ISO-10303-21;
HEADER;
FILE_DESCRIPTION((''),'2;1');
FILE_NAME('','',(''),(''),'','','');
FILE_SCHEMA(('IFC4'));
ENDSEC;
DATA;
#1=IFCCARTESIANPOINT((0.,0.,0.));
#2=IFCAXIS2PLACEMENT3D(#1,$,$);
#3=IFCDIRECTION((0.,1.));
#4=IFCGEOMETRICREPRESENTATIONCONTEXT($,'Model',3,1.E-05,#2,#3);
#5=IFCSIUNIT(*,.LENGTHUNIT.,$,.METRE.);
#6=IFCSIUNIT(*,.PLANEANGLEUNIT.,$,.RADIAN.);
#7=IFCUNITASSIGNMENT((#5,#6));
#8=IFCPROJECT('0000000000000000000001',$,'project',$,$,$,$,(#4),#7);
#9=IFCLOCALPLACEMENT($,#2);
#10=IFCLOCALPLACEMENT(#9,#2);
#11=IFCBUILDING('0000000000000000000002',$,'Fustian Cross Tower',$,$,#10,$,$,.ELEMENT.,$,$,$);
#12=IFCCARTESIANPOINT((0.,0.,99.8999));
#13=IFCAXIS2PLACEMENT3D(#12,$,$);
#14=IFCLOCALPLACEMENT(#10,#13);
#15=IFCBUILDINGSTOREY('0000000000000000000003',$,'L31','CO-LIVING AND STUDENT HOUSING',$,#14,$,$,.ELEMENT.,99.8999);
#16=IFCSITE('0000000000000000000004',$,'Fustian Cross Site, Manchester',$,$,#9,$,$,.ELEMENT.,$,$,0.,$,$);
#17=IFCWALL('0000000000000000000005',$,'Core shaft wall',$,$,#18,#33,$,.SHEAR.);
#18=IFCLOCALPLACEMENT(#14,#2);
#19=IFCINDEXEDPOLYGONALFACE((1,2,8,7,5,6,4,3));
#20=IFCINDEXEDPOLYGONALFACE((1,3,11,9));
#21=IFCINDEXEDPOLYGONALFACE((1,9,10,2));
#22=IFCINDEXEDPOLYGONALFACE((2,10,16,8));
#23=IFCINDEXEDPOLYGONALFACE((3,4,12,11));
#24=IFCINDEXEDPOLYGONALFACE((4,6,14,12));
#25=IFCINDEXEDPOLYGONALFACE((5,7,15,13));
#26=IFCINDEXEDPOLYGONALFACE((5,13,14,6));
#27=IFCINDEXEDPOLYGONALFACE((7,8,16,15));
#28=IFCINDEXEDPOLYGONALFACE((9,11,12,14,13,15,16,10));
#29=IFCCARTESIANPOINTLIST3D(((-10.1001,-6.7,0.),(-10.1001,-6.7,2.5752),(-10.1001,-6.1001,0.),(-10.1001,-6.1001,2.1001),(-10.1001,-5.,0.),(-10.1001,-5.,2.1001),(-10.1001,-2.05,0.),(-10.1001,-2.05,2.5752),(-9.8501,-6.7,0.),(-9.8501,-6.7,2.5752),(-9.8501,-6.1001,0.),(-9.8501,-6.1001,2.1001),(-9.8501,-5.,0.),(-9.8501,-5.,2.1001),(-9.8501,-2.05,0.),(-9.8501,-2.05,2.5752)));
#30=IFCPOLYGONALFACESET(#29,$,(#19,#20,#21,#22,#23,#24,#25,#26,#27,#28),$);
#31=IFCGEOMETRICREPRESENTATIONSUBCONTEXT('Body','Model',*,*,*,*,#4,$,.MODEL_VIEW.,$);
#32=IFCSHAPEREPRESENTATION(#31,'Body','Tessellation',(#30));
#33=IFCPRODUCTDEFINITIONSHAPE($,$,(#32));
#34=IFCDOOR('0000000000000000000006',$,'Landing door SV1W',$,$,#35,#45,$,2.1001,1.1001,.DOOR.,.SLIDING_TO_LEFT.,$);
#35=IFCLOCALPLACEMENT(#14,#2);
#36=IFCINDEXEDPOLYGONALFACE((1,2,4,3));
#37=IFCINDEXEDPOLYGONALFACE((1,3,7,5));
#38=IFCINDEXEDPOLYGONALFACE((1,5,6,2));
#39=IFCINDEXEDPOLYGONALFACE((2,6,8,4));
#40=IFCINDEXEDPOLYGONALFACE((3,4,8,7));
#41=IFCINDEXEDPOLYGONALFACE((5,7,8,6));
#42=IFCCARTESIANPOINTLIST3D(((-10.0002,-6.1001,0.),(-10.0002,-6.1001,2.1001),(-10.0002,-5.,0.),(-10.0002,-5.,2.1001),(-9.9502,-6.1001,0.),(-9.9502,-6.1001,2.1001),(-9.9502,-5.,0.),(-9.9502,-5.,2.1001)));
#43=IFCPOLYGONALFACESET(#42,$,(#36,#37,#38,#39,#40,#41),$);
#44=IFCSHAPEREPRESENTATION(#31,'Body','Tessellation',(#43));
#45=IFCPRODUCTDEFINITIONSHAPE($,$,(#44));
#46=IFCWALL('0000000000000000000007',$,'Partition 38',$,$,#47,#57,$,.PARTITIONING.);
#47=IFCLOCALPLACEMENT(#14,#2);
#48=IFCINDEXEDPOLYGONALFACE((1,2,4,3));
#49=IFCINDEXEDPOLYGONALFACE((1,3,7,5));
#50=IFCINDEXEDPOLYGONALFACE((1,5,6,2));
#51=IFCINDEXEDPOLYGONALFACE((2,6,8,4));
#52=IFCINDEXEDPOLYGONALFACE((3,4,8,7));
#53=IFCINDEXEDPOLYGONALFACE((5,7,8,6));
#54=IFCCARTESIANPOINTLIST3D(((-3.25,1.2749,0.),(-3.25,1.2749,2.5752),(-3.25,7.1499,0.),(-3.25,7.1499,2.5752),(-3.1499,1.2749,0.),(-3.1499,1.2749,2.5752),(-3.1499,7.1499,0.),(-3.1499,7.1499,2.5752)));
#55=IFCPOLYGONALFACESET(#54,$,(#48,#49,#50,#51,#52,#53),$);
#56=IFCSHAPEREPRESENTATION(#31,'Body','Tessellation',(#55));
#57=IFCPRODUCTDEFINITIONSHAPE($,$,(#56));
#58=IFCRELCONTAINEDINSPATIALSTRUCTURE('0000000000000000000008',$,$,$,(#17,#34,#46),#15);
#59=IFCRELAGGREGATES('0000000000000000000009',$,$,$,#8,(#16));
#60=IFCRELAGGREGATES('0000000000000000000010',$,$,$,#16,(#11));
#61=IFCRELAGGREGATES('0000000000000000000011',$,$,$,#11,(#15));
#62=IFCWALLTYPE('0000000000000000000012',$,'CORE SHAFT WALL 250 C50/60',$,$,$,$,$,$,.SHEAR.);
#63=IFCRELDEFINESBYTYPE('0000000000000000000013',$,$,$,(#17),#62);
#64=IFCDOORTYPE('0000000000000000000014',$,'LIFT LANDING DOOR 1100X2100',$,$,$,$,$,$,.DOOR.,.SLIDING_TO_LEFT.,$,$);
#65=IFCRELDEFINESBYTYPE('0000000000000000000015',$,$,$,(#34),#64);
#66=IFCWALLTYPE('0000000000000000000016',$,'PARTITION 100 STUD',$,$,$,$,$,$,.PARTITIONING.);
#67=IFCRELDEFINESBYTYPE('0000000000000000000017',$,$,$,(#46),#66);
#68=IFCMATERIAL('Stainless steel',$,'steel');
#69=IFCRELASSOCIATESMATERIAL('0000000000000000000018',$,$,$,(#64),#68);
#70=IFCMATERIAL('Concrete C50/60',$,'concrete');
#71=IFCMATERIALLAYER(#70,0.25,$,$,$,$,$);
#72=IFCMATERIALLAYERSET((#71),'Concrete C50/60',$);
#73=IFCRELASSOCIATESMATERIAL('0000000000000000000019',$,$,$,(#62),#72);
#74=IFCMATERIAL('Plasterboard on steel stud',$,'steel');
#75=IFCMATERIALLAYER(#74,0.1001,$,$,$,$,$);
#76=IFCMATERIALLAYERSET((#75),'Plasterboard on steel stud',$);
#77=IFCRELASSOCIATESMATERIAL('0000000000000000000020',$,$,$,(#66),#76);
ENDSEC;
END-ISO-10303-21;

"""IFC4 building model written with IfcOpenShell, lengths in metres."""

from ifc_helpers import new_model, si_unit, direction, frame, frame_2d, origin, place, context, subcontext, project, spatial, rectangle, extrude, material, layer, layer_set, type_object, element, fill, save


model = new_model("IFC4")

# Units and contexts
model_context = context("Model", 3, precision=1e-05, world=origin(), true_north=direction((0.0, 1.0)))
body_context = subcontext(model_context, "Body", "Model", "MODEL_VIEW")
ifc_project = project(units=[si_unit("LENGTHUNIT", "METRE"), si_unit("PLANEANGLEUNIT", "RADIAN")], contexts=[model_context])

# Site, building, storey
site_placement = place(None, origin())
site = spatial("IfcSite", under=ifc_project, at=site_placement, Name="Fustian Cross Site, Manchester", CompositionType="ELEMENT", RefElevation=0.0)
building_placement = place(site_placement, origin())
building = spatial("IfcBuilding", under=site, at=building_placement, Name="Fustian Cross Tower", CompositionType="ELEMENT")
storey_placement = place(building_placement, frame((0.0, 0.0, 99.8999)))
storey = spatial("IfcBuildingStorey", under=building, at=storey_placement, Name="L31", Description="CO-LIVING AND STUDENT HOUSING", CompositionType="ELEMENT", Elevation=99.8999)

# Shared definitions
ifc_material_1 = material(Name="Stainless steel", Category="steel")
door_type_1 = type_object("IfcDoorType", Name="LIFT LANDING DOOR 1100X2100", OperationType="SLIDING_TO_LEFT", PredefinedType="DOOR", material=ifc_material_1)

# Shared definitions
ifc_material_2 = material(Name="Concrete C50/60", Category="concrete")
ifc_layer_1 = layer(ifc_material_2, 0.25)
ifc_layer_set_1 = layer_set([ifc_layer_1], Name="Concrete C50/60")
wall_type_1 = type_object("IfcWallType", Name="CORE SHAFT WALL 250 C50/60", PredefinedType="SHEAR", material=ifc_layer_set_1)

# Wall, opening, door
wall_1_placement = place(storey_placement, frame((-9.9751, -2.05, 0.0), z_axis=(0.0, 0.0, 1.0), x_axis=(0.0, -1.0, 0.0)))
wall_1 = element("IfcWall", 1, at=wall_1_placement, inside=storey, type_object=wall_type_1, Name="Core shaft wall", PredefinedType="SHEAR", context=body_context, shape_type="SweptSolid", body=[
    extrude(rectangle(XDim=4.6499, YDim=0.25, at=frame_2d((2.325, 0.0))), origin(), (0.0, 0.0, 1.0), 2.5752),
])
opening_1_placement = place(wall_1_placement, frame((2.95, 0.0, 0.0)))
opening_1 = element("IfcOpeningElement", 2, at=opening_1_placement, cuts=wall_1, PredefinedType="OPENING", context=body_context, shape_type="SweptSolid", body=[
    extrude(rectangle(XDim=1.1001, YDim=2.1001, at=frame_2d((0.55, 1.05))), frame((0.0, 0.135, 0.0), z_axis=(0.0, -1.0, 0.0), x_axis=(1.0, 0.0, 0.0)), (0.0, 0.0, 1.0), 0.27),
])
door_1_placement = place(opening_1_placement, origin())
door_1 = element("IfcDoor", 3, at=door_1_placement, inside=storey, type_object=door_type_1, Name="Landing door SV1W", OperationType="SLIDING_TO_LEFT", OverallHeight=2.1001, OverallWidth=1.1001, PredefinedType="DOOR", context=body_context, shape_type="SweptSolid", body=[
    extrude(rectangle(XDim=1.1001, YDim=2.1001, at=frame_2d((0.55, 1.05))), frame((0.0, 0.0249, 0.0), z_axis=(0.0, -1.0, 0.0), x_axis=(1.0, 0.0, 0.0)), (0.0, 0.0, 1.0), 0.05),
])
fill(opening_1, door_1)

# Wall
ifc_material_3 = material(Name="Plasterboard on steel stud", Category="steel")
ifc_layer_2 = layer(ifc_material_3, 0.1001)
ifc_layer_set_2 = layer_set([ifc_layer_2], Name="Plasterboard on steel stud")
wall_type_2 = type_object("IfcWallType", Name="PARTITION 100 STUD", PredefinedType="PARTITIONING", material=ifc_layer_set_2)
wall_2_placement = place(storey_placement, frame((-3.2, 1.2749, 0.0), z_axis=(0.0, 0.0, 1.0), x_axis=(0.0, 1.0, 0.0)))
element("IfcWall", 4, at=wall_2_placement, inside=storey, type_object=wall_type_2, Name="Partition 38", PredefinedType="PARTITIONING", context=body_context, shape_type="SweptSolid", body=[
    extrude(rectangle(XDim=5.875, YDim=0.1001, at=frame_2d((2.9375, 0.0))), origin(), (0.0, 0.0, 1.0), 2.5752),
])

save(model, "model.ifc")
